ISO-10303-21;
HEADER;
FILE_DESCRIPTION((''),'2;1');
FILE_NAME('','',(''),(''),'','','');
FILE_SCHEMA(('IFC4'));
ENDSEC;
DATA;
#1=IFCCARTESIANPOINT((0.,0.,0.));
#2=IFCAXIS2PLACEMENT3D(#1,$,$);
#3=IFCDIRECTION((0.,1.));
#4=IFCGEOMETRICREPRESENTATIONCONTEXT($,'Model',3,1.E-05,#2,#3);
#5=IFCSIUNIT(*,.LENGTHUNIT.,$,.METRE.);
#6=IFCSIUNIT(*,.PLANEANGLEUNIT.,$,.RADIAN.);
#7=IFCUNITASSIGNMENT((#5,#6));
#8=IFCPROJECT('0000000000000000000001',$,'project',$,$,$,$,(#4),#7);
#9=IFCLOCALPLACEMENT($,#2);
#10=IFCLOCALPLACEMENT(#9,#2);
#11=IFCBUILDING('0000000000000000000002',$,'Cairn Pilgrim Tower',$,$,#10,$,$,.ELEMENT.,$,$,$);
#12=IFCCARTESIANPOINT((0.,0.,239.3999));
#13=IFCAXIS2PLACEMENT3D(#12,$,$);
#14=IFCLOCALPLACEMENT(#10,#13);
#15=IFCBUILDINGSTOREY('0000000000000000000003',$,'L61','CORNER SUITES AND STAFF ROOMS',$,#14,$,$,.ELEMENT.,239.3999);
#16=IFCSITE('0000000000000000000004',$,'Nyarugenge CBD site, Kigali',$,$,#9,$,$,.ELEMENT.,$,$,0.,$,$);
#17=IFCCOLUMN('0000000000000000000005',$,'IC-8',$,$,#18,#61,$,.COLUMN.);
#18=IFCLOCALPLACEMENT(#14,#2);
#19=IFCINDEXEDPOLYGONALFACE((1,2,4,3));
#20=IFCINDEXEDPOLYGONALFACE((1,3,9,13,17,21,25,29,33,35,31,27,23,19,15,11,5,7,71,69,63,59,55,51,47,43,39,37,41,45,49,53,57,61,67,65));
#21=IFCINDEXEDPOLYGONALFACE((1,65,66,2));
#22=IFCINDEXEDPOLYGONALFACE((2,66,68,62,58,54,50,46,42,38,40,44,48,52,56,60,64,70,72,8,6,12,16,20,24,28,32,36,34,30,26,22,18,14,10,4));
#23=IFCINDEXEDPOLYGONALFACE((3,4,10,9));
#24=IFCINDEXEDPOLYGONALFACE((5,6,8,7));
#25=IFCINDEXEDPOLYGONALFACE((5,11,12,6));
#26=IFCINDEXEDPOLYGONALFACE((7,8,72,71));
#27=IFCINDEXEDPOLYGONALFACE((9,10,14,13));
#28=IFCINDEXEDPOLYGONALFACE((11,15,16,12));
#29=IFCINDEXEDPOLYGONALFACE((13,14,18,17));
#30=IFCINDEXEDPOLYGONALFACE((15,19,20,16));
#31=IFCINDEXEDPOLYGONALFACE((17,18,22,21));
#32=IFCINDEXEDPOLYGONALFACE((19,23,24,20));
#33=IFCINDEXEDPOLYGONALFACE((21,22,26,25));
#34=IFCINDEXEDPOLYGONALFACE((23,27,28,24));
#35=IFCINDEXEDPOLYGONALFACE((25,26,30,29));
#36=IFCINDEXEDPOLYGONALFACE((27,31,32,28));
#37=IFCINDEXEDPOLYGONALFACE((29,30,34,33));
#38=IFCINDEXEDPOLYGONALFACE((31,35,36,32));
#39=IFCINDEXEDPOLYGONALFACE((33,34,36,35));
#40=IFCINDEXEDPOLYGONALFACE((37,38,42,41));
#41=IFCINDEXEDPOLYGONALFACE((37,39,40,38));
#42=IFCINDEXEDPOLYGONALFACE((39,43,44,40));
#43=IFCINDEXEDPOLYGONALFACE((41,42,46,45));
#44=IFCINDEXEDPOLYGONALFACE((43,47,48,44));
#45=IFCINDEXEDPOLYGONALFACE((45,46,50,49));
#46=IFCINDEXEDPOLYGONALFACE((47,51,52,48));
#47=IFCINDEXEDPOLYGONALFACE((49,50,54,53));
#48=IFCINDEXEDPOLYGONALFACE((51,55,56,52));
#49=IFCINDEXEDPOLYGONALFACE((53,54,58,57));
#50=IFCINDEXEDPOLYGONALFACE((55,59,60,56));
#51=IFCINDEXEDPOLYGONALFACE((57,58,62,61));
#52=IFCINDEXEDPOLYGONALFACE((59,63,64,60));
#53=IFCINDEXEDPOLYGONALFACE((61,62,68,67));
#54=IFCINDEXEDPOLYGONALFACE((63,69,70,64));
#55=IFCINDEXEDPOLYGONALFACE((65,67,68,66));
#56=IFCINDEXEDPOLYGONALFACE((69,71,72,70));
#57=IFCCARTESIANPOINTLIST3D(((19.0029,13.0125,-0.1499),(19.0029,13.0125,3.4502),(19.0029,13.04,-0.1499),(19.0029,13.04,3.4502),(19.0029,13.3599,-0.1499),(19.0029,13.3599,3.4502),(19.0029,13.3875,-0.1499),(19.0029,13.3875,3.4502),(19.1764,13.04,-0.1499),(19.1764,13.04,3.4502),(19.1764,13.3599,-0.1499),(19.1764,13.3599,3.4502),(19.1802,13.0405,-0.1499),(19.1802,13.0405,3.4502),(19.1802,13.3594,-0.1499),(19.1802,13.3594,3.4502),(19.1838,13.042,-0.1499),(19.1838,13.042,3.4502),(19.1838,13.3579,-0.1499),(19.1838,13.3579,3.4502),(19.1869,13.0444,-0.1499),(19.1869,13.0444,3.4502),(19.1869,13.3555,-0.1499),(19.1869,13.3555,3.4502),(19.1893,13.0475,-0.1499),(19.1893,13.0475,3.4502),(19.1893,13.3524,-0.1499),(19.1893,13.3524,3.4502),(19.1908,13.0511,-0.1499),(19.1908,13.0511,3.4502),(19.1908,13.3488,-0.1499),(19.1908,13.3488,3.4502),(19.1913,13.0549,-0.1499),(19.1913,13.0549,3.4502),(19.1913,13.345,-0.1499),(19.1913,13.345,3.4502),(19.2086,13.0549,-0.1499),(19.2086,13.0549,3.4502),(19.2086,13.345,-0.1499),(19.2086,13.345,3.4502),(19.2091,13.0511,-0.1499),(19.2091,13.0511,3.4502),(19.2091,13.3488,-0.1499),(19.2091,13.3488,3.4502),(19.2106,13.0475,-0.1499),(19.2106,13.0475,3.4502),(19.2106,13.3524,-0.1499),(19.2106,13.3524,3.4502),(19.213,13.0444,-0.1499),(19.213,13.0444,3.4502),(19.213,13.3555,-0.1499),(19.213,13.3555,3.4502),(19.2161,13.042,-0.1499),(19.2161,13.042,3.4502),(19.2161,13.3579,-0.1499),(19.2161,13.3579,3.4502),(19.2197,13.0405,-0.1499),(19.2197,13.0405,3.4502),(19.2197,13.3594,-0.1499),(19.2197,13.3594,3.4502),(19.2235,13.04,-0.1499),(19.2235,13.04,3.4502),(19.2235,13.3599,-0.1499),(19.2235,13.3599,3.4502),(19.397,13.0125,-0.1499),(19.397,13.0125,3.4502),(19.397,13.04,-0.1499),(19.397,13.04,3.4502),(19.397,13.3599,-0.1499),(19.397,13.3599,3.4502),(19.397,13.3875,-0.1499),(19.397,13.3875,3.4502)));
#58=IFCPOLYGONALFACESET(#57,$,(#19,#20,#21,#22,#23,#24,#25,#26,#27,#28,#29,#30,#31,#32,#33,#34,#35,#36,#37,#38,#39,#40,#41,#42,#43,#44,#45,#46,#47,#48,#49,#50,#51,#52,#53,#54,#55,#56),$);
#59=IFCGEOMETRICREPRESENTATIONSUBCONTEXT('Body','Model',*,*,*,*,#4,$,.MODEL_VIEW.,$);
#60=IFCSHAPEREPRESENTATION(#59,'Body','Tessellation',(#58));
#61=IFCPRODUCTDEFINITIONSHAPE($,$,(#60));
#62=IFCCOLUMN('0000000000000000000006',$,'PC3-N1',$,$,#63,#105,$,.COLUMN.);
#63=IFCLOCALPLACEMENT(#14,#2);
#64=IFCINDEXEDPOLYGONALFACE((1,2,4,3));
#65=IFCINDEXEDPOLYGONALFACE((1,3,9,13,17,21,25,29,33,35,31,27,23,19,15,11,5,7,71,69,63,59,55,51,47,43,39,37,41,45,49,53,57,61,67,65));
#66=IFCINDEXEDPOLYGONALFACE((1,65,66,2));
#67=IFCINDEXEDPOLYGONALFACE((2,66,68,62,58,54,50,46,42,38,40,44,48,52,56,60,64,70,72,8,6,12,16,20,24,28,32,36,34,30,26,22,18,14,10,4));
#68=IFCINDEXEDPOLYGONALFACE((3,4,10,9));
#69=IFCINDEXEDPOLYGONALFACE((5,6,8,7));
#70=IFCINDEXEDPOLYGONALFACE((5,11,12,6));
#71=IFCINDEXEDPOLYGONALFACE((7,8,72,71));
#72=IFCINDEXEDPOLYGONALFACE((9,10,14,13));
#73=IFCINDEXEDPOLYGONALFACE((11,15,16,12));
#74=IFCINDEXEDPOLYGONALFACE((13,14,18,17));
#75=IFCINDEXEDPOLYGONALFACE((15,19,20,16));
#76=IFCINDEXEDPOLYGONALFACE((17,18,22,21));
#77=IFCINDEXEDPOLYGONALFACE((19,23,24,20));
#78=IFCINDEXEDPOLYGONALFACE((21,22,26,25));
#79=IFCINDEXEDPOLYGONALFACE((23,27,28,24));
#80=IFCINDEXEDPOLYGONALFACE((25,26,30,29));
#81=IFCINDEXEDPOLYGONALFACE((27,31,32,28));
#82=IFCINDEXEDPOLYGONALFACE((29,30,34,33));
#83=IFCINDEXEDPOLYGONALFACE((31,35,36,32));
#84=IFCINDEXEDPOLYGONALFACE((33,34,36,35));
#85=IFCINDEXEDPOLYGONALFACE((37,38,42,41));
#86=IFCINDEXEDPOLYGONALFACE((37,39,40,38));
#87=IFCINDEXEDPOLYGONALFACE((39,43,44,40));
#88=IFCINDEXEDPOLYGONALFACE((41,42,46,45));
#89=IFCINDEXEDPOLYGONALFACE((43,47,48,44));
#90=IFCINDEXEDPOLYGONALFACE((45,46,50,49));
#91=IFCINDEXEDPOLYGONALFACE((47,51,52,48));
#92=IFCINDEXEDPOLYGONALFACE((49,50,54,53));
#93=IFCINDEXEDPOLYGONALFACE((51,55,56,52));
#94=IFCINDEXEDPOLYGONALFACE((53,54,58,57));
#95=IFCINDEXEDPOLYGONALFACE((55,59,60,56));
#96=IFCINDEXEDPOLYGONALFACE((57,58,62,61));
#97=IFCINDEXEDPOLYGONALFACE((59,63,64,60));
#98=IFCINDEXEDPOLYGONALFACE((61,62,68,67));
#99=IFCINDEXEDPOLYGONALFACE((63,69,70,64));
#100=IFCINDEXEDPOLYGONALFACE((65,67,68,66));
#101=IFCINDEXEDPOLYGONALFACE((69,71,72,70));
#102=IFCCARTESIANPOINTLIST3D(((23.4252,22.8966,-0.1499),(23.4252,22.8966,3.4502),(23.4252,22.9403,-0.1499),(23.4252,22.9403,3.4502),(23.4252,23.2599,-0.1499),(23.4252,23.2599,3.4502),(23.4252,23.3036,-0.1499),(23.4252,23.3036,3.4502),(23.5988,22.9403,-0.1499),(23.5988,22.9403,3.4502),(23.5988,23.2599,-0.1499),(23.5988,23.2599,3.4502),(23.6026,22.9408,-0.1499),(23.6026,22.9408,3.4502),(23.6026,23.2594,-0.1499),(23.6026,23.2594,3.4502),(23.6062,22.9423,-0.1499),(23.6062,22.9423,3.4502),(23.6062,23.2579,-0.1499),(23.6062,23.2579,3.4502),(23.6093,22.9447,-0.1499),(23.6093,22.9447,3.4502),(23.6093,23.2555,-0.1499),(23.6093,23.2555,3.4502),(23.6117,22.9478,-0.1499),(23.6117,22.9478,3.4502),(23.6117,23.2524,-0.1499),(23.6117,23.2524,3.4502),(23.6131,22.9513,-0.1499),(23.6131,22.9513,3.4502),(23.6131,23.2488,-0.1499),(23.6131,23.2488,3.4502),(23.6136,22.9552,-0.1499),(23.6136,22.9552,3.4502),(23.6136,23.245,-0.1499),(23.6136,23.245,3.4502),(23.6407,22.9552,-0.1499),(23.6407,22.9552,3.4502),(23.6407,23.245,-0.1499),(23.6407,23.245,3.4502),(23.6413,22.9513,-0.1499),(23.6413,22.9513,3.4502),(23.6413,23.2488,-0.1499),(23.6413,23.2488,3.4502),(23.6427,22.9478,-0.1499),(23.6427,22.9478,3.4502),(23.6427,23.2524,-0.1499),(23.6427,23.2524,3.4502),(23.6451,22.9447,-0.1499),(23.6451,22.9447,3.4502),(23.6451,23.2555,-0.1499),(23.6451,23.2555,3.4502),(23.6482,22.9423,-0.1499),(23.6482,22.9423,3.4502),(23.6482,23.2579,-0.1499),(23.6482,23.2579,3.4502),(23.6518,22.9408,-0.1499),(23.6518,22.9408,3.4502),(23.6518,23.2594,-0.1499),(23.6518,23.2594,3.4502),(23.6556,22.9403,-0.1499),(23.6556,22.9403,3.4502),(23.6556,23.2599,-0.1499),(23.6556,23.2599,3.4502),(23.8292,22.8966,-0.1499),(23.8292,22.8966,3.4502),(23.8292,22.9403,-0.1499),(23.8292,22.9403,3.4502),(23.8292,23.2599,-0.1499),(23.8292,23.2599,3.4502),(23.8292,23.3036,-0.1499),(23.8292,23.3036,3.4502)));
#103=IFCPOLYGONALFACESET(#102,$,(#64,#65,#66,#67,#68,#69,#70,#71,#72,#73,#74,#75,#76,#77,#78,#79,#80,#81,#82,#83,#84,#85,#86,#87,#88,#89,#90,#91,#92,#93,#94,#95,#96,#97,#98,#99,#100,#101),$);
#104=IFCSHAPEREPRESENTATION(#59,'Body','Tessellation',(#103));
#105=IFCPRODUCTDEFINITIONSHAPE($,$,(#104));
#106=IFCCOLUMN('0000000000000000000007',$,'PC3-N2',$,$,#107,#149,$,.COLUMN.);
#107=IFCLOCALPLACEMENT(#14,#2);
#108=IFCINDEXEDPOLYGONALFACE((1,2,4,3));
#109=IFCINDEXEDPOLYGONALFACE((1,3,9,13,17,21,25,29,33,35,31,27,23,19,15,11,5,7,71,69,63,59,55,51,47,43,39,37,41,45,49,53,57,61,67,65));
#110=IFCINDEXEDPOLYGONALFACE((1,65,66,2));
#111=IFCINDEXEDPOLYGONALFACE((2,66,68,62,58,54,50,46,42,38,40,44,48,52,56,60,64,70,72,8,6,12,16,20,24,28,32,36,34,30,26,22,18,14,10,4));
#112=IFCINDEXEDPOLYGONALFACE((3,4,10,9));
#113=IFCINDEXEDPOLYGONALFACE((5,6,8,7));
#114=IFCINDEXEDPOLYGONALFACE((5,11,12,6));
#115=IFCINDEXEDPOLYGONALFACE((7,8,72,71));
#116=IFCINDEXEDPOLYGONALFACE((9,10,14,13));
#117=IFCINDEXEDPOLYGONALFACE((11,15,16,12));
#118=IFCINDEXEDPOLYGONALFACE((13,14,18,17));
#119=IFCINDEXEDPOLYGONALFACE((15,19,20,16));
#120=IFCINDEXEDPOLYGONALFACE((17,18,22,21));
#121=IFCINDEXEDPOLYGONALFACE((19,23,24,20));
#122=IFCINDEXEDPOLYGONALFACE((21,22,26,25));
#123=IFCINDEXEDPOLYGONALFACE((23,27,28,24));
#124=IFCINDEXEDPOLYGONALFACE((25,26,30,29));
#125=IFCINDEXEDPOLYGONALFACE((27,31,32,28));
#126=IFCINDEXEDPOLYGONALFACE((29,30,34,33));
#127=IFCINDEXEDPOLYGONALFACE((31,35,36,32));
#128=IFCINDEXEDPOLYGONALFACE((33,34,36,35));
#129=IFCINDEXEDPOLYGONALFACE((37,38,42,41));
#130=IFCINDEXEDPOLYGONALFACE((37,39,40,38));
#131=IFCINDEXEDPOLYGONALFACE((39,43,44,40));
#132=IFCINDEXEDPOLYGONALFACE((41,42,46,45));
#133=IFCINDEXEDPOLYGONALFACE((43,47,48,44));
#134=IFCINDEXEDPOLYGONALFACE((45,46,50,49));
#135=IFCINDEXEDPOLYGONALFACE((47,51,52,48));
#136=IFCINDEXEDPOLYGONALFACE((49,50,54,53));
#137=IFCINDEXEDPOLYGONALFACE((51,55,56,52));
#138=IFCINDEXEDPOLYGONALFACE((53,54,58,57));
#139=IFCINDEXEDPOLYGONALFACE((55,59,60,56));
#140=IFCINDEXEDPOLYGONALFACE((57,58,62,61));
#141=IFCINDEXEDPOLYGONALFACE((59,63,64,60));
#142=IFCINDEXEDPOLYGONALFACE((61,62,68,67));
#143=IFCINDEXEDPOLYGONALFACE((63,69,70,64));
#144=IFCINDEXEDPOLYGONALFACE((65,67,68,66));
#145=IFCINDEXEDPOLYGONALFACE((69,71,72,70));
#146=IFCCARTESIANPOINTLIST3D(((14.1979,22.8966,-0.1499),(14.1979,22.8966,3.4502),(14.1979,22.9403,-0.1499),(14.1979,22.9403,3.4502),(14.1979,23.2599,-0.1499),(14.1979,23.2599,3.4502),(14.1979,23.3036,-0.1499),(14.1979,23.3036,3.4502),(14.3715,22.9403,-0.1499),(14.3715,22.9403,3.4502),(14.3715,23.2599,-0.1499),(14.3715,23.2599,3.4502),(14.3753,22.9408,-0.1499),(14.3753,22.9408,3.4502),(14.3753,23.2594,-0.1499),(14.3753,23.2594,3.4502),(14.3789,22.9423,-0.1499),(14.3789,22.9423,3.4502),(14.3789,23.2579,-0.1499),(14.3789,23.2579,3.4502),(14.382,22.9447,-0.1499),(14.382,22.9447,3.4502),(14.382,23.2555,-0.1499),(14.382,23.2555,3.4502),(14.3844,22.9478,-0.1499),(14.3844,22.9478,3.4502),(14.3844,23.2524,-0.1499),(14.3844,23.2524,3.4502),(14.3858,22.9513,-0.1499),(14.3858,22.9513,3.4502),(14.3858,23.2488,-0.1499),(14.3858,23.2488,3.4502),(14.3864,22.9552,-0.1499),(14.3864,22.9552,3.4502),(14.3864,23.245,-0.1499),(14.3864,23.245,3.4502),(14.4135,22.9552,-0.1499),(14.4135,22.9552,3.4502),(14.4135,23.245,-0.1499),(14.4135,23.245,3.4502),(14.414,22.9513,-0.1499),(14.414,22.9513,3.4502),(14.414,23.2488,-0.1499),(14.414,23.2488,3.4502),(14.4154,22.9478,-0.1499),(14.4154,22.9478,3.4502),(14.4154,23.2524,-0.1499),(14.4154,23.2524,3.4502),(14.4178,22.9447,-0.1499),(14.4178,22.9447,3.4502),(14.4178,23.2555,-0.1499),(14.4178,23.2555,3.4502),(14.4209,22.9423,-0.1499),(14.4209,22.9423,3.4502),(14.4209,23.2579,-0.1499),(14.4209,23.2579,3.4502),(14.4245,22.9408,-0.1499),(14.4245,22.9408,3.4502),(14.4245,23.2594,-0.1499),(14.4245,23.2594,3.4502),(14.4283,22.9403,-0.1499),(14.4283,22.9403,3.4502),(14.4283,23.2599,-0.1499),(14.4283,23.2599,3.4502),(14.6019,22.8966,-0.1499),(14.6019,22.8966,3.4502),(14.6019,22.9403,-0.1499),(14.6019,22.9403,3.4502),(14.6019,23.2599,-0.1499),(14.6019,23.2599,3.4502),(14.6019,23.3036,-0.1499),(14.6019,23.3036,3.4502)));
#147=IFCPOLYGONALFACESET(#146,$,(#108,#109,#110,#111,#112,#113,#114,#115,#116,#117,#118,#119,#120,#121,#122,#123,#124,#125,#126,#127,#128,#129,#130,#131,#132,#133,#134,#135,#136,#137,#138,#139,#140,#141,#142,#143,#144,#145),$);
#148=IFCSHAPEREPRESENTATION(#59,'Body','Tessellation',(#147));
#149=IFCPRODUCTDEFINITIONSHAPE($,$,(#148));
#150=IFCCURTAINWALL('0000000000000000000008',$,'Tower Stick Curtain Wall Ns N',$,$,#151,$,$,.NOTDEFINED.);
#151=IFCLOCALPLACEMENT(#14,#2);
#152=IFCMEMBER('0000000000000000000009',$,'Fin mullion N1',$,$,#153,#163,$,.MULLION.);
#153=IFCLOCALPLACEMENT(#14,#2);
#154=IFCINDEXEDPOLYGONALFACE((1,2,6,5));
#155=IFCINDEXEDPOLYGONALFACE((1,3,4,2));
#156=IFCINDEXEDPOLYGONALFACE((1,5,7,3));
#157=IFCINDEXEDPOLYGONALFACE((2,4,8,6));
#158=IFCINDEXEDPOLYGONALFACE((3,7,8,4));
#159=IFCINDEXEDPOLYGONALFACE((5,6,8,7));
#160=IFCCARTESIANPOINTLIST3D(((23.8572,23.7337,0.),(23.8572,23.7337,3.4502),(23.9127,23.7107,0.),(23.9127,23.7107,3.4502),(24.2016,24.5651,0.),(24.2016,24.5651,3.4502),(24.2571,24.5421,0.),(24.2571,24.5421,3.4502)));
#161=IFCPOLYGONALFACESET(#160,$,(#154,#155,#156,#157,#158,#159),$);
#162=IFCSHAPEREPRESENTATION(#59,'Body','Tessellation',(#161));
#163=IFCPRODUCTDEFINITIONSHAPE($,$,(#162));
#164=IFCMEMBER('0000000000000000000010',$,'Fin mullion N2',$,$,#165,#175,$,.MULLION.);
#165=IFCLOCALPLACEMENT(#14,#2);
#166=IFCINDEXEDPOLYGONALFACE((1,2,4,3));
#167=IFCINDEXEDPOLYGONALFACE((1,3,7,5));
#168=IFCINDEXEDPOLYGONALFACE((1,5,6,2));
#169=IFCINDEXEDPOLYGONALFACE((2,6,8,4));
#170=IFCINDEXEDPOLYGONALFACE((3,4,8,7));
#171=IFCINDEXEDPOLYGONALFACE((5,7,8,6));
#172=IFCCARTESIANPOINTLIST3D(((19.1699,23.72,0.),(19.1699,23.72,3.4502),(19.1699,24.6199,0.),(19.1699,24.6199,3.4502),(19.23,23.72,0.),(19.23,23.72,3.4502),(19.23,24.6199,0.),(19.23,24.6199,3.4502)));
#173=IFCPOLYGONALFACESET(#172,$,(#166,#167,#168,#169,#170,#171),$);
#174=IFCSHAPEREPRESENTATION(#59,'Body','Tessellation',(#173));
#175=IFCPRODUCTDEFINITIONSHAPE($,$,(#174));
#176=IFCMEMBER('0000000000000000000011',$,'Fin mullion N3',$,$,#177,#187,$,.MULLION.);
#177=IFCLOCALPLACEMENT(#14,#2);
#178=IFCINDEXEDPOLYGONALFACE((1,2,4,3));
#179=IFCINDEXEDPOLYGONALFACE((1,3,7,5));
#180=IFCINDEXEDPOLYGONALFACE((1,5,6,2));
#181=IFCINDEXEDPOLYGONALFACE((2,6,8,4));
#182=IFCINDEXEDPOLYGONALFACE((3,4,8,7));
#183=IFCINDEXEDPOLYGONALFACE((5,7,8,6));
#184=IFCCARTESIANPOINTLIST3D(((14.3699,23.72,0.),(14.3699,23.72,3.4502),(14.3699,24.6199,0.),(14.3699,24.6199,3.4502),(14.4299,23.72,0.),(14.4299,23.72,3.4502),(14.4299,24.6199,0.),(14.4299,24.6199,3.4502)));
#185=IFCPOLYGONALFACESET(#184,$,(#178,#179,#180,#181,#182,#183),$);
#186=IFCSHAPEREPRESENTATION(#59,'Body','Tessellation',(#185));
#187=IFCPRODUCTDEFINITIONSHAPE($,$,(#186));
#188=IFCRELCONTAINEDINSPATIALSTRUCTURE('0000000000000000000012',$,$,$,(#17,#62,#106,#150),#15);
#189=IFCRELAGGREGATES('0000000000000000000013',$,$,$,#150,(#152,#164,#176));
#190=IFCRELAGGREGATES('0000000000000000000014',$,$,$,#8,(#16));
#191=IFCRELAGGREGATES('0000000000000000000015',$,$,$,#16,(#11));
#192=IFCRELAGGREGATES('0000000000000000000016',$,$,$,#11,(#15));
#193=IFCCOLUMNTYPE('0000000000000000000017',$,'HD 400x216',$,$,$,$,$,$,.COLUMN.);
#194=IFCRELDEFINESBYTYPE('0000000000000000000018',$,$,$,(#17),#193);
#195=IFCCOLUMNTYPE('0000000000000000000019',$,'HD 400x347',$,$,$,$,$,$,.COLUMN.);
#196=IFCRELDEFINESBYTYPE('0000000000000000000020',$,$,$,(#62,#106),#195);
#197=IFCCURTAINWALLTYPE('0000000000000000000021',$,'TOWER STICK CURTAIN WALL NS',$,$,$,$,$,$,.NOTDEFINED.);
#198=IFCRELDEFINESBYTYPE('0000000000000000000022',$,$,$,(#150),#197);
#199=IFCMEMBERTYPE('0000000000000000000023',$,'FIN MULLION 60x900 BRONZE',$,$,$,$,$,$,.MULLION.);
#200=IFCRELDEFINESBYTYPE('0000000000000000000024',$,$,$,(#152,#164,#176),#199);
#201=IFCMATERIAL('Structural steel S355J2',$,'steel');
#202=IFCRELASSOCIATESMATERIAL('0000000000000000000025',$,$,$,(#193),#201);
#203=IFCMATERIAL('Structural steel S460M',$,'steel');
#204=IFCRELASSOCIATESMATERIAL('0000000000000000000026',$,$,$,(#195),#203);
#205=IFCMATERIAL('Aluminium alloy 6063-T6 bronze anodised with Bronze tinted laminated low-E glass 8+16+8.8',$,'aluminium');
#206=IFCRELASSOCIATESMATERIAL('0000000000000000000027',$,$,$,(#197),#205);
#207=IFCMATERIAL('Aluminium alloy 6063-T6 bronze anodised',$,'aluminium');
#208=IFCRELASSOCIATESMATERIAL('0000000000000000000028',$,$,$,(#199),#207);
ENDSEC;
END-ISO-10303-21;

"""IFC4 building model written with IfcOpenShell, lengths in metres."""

from ifc_helpers import new_model, si_unit, direction, frame, origin, origin_2d, place, context, subcontext, project, spatial, rectangle, i_section, extrude, material, material_profile, profile_set, type_object, element, aggregate, save


model = new_model("IFC4")

# Units and contexts
model_context = context("Model", 3, precision=1e-05, world=origin(), true_north=direction((0.0, 1.0)))
body_context = subcontext(model_context, "Body", "Model", "MODEL_VIEW")
ifc_project = project(units=[si_unit("LENGTHUNIT", "METRE"), si_unit("PLANEANGLEUNIT", "RADIAN")], contexts=[model_context])

# Site, building, storey
site_placement = place(None, origin())
site = spatial("IfcSite", under=ifc_project, at=site_placement, Name="Nyarugenge CBD site, Kigali", CompositionType="ELEMENT", RefElevation=0.0)
building_placement = place(site_placement, origin())
building = spatial("IfcBuilding", under=site, at=building_placement, Name="Cairn Pilgrim Tower", CompositionType="ELEMENT")
storey_placement = place(building_placement, frame((0.0, 0.0, 239.3999)))
storey = spatial("IfcBuildingStorey", under=building, at=storey_placement, Name="L61", Description="CORNER SUITES AND STAFF ROOMS", CompositionType="ELEMENT", Elevation=239.3999)

# Columns
ifc_material_1 = material(Name="Structural steel S355J2", Category="steel")
ifc_material_profile_1 = material_profile(ifc_material_1, i_section(OverallWidth=0.394, OverallDepth=0.375, WebThickness=0.0173, FlangeThickness=0.0276, FilletRadius=0.0149, at=origin_2d()), Name="HD 400x216")
ifc_profile_set_1 = profile_set([ifc_material_profile_1], Name="Structural steel S355J2")
column_type_1 = type_object("IfcColumnType", Name="HD 400x216", PredefinedType="COLUMN", material=ifc_profile_set_1)
column_placement = place(storey_placement, frame((19.2, 13.2, -0.1499), z_axis=(0.0, 0.0, 1.0), x_axis=(1.0, 0.0, 0.0)))
element("IfcColumn", 1, at=column_placement, inside=storey, type_object=column_type_1, Name="IC-8", PredefinedType="COLUMN", context=body_context, shape_type="SweptSolid", body=[
    extrude(i_section(OverallWidth=0.394, OverallDepth=0.375, WebThickness=0.0173, FlangeThickness=0.0276, FilletRadius=0.0149, at=origin_2d()), origin(), (0.0, 0.0, 1.0), 3.6001),
])
ifc_material_2 = material(Name="Structural steel S460M", Category="steel")
ifc_material_profile_2 = material_profile(ifc_material_2, i_section(OverallWidth=0.4041, OverallDepth=0.407, WebThickness=0.0271, FlangeThickness=0.0437, FilletRadius=0.0149, at=origin_2d()), Name="HD 400x347")
ifc_profile_set_2 = profile_set([ifc_material_profile_2], Name="Structural steel S460M")
column_type_2 = type_object("IfcColumnType", Name="HD 400x347", PredefinedType="COLUMN", material=ifc_profile_set_2)
for number, where, z_axis, x_axis, name in (
    (2, (23.6272, 23.1001, -0.1499), (0.0, 0.0, 1.0), (1.0, 0.0, 0.0), "PC3-N1"),
    (3, (14.3999, 23.1001, -0.1499), (0.0, 0.0, 1.0), (1.0, 0.0, 0.0), "PC3-N2"),
):
    element("IfcColumn", number, at=place(storey_placement, frame(where, z_axis=z_axis, x_axis=x_axis)), inside=storey, type_object=column_type_2, Name=name, PredefinedType="COLUMN", context=body_context, shape_type="SweptSolid", body=[
        extrude(i_section(OverallWidth=0.4041, OverallDepth=0.407, WebThickness=0.0271, FlangeThickness=0.0437, FilletRadius=0.0149, at=origin_2d()), origin(), (0.0, 0.0, 1.0), 3.6001),
    ])

# Curtain wall, members
ifc_material_3 = material(Name="Aluminium alloy 6063-T6 bronze anodised with Bronze tinted laminated low-E glass 8+16+8.8", Category="aluminium")
curtain_wall_type = type_object("IfcCurtainWallType", Name="TOWER STICK CURTAIN WALL NS", PredefinedType="NOTDEFINED", material=ifc_material_3)
curtain_wall_placement = place(storey_placement, origin())
curtain_wall = element("IfcCurtainWall", 4, at=curtain_wall_placement, inside=storey, type_object=curtain_wall_type, Name="Tower Stick Curtain Wall Ns N", PredefinedType="NOTDEFINED")
ifc_material_4 = material(Name="Aluminium alloy 6063-T6 bronze anodised", Category="aluminium")
ifc_material_profile_3 = material_profile(ifc_material_4, rectangle(XDim=0.8999, YDim=0.0601, at=origin_2d()), Name="FIN MULLION 60x900 BRONZE")
ifc_profile_set_3 = profile_set([ifc_material_profile_3], Name="Aluminium alloy 6063-T6 bronze anodised")
member_type_1 = type_object("IfcMemberType", Name="FIN MULLION 60x900 BRONZE", PredefinedType="MULLION", material=ifc_profile_set_3)
member_1_placement = place(storey_placement, frame((24.0571, 24.1379, 0.0), z_axis=(0.0, 0.0, 1.0), x_axis=(0.382683, 0.92388, 0.0)))
member_1 = element("IfcMember", 5, at=member_1_placement, type_object=member_type_1, Name="Fin mullion N1", PredefinedType="MULLION", context=body_context, shape_type="SweptSolid", body=[
    extrude(rectangle(XDim=0.8999, YDim=0.0601, at=origin_2d()), origin(), (0.0, 0.0, 1.0), 3.4502),
])
member_2_placement = place(storey_placement, frame((19.2, 24.1699, 0.0), z_axis=(0.0, 0.0, 1.0), x_axis=(0.0, 1.0, 0.0)))
member_2 = element("IfcMember", 6, at=member_2_placement, type_object=member_type_1, Name="Fin mullion N2", PredefinedType="MULLION", context=body_context, shape_type="SweptSolid", body=[
    extrude(rectangle(XDim=0.8999, YDim=0.0601, at=origin_2d()), origin(), (0.0, 0.0, 1.0), 3.4502),
])
member_3_placement = place(storey_placement, frame((14.3999, 24.1699, 0.0), z_axis=(0.0, 0.0, 1.0), x_axis=(0.0, 1.0, 0.0)))
member_3 = element("IfcMember", 7, at=member_3_placement, type_object=member_type_1, Name="Fin mullion N3", PredefinedType="MULLION", context=body_context, shape_type="SweptSolid", body=[
    extrude(rectangle(XDim=0.8999, YDim=0.0601, at=origin_2d()), origin(), (0.0, 0.0, 1.0), 3.4502),
])

aggregate(curtain_wall, [member_1, member_2, member_3])

save(model, "model.ifc")
